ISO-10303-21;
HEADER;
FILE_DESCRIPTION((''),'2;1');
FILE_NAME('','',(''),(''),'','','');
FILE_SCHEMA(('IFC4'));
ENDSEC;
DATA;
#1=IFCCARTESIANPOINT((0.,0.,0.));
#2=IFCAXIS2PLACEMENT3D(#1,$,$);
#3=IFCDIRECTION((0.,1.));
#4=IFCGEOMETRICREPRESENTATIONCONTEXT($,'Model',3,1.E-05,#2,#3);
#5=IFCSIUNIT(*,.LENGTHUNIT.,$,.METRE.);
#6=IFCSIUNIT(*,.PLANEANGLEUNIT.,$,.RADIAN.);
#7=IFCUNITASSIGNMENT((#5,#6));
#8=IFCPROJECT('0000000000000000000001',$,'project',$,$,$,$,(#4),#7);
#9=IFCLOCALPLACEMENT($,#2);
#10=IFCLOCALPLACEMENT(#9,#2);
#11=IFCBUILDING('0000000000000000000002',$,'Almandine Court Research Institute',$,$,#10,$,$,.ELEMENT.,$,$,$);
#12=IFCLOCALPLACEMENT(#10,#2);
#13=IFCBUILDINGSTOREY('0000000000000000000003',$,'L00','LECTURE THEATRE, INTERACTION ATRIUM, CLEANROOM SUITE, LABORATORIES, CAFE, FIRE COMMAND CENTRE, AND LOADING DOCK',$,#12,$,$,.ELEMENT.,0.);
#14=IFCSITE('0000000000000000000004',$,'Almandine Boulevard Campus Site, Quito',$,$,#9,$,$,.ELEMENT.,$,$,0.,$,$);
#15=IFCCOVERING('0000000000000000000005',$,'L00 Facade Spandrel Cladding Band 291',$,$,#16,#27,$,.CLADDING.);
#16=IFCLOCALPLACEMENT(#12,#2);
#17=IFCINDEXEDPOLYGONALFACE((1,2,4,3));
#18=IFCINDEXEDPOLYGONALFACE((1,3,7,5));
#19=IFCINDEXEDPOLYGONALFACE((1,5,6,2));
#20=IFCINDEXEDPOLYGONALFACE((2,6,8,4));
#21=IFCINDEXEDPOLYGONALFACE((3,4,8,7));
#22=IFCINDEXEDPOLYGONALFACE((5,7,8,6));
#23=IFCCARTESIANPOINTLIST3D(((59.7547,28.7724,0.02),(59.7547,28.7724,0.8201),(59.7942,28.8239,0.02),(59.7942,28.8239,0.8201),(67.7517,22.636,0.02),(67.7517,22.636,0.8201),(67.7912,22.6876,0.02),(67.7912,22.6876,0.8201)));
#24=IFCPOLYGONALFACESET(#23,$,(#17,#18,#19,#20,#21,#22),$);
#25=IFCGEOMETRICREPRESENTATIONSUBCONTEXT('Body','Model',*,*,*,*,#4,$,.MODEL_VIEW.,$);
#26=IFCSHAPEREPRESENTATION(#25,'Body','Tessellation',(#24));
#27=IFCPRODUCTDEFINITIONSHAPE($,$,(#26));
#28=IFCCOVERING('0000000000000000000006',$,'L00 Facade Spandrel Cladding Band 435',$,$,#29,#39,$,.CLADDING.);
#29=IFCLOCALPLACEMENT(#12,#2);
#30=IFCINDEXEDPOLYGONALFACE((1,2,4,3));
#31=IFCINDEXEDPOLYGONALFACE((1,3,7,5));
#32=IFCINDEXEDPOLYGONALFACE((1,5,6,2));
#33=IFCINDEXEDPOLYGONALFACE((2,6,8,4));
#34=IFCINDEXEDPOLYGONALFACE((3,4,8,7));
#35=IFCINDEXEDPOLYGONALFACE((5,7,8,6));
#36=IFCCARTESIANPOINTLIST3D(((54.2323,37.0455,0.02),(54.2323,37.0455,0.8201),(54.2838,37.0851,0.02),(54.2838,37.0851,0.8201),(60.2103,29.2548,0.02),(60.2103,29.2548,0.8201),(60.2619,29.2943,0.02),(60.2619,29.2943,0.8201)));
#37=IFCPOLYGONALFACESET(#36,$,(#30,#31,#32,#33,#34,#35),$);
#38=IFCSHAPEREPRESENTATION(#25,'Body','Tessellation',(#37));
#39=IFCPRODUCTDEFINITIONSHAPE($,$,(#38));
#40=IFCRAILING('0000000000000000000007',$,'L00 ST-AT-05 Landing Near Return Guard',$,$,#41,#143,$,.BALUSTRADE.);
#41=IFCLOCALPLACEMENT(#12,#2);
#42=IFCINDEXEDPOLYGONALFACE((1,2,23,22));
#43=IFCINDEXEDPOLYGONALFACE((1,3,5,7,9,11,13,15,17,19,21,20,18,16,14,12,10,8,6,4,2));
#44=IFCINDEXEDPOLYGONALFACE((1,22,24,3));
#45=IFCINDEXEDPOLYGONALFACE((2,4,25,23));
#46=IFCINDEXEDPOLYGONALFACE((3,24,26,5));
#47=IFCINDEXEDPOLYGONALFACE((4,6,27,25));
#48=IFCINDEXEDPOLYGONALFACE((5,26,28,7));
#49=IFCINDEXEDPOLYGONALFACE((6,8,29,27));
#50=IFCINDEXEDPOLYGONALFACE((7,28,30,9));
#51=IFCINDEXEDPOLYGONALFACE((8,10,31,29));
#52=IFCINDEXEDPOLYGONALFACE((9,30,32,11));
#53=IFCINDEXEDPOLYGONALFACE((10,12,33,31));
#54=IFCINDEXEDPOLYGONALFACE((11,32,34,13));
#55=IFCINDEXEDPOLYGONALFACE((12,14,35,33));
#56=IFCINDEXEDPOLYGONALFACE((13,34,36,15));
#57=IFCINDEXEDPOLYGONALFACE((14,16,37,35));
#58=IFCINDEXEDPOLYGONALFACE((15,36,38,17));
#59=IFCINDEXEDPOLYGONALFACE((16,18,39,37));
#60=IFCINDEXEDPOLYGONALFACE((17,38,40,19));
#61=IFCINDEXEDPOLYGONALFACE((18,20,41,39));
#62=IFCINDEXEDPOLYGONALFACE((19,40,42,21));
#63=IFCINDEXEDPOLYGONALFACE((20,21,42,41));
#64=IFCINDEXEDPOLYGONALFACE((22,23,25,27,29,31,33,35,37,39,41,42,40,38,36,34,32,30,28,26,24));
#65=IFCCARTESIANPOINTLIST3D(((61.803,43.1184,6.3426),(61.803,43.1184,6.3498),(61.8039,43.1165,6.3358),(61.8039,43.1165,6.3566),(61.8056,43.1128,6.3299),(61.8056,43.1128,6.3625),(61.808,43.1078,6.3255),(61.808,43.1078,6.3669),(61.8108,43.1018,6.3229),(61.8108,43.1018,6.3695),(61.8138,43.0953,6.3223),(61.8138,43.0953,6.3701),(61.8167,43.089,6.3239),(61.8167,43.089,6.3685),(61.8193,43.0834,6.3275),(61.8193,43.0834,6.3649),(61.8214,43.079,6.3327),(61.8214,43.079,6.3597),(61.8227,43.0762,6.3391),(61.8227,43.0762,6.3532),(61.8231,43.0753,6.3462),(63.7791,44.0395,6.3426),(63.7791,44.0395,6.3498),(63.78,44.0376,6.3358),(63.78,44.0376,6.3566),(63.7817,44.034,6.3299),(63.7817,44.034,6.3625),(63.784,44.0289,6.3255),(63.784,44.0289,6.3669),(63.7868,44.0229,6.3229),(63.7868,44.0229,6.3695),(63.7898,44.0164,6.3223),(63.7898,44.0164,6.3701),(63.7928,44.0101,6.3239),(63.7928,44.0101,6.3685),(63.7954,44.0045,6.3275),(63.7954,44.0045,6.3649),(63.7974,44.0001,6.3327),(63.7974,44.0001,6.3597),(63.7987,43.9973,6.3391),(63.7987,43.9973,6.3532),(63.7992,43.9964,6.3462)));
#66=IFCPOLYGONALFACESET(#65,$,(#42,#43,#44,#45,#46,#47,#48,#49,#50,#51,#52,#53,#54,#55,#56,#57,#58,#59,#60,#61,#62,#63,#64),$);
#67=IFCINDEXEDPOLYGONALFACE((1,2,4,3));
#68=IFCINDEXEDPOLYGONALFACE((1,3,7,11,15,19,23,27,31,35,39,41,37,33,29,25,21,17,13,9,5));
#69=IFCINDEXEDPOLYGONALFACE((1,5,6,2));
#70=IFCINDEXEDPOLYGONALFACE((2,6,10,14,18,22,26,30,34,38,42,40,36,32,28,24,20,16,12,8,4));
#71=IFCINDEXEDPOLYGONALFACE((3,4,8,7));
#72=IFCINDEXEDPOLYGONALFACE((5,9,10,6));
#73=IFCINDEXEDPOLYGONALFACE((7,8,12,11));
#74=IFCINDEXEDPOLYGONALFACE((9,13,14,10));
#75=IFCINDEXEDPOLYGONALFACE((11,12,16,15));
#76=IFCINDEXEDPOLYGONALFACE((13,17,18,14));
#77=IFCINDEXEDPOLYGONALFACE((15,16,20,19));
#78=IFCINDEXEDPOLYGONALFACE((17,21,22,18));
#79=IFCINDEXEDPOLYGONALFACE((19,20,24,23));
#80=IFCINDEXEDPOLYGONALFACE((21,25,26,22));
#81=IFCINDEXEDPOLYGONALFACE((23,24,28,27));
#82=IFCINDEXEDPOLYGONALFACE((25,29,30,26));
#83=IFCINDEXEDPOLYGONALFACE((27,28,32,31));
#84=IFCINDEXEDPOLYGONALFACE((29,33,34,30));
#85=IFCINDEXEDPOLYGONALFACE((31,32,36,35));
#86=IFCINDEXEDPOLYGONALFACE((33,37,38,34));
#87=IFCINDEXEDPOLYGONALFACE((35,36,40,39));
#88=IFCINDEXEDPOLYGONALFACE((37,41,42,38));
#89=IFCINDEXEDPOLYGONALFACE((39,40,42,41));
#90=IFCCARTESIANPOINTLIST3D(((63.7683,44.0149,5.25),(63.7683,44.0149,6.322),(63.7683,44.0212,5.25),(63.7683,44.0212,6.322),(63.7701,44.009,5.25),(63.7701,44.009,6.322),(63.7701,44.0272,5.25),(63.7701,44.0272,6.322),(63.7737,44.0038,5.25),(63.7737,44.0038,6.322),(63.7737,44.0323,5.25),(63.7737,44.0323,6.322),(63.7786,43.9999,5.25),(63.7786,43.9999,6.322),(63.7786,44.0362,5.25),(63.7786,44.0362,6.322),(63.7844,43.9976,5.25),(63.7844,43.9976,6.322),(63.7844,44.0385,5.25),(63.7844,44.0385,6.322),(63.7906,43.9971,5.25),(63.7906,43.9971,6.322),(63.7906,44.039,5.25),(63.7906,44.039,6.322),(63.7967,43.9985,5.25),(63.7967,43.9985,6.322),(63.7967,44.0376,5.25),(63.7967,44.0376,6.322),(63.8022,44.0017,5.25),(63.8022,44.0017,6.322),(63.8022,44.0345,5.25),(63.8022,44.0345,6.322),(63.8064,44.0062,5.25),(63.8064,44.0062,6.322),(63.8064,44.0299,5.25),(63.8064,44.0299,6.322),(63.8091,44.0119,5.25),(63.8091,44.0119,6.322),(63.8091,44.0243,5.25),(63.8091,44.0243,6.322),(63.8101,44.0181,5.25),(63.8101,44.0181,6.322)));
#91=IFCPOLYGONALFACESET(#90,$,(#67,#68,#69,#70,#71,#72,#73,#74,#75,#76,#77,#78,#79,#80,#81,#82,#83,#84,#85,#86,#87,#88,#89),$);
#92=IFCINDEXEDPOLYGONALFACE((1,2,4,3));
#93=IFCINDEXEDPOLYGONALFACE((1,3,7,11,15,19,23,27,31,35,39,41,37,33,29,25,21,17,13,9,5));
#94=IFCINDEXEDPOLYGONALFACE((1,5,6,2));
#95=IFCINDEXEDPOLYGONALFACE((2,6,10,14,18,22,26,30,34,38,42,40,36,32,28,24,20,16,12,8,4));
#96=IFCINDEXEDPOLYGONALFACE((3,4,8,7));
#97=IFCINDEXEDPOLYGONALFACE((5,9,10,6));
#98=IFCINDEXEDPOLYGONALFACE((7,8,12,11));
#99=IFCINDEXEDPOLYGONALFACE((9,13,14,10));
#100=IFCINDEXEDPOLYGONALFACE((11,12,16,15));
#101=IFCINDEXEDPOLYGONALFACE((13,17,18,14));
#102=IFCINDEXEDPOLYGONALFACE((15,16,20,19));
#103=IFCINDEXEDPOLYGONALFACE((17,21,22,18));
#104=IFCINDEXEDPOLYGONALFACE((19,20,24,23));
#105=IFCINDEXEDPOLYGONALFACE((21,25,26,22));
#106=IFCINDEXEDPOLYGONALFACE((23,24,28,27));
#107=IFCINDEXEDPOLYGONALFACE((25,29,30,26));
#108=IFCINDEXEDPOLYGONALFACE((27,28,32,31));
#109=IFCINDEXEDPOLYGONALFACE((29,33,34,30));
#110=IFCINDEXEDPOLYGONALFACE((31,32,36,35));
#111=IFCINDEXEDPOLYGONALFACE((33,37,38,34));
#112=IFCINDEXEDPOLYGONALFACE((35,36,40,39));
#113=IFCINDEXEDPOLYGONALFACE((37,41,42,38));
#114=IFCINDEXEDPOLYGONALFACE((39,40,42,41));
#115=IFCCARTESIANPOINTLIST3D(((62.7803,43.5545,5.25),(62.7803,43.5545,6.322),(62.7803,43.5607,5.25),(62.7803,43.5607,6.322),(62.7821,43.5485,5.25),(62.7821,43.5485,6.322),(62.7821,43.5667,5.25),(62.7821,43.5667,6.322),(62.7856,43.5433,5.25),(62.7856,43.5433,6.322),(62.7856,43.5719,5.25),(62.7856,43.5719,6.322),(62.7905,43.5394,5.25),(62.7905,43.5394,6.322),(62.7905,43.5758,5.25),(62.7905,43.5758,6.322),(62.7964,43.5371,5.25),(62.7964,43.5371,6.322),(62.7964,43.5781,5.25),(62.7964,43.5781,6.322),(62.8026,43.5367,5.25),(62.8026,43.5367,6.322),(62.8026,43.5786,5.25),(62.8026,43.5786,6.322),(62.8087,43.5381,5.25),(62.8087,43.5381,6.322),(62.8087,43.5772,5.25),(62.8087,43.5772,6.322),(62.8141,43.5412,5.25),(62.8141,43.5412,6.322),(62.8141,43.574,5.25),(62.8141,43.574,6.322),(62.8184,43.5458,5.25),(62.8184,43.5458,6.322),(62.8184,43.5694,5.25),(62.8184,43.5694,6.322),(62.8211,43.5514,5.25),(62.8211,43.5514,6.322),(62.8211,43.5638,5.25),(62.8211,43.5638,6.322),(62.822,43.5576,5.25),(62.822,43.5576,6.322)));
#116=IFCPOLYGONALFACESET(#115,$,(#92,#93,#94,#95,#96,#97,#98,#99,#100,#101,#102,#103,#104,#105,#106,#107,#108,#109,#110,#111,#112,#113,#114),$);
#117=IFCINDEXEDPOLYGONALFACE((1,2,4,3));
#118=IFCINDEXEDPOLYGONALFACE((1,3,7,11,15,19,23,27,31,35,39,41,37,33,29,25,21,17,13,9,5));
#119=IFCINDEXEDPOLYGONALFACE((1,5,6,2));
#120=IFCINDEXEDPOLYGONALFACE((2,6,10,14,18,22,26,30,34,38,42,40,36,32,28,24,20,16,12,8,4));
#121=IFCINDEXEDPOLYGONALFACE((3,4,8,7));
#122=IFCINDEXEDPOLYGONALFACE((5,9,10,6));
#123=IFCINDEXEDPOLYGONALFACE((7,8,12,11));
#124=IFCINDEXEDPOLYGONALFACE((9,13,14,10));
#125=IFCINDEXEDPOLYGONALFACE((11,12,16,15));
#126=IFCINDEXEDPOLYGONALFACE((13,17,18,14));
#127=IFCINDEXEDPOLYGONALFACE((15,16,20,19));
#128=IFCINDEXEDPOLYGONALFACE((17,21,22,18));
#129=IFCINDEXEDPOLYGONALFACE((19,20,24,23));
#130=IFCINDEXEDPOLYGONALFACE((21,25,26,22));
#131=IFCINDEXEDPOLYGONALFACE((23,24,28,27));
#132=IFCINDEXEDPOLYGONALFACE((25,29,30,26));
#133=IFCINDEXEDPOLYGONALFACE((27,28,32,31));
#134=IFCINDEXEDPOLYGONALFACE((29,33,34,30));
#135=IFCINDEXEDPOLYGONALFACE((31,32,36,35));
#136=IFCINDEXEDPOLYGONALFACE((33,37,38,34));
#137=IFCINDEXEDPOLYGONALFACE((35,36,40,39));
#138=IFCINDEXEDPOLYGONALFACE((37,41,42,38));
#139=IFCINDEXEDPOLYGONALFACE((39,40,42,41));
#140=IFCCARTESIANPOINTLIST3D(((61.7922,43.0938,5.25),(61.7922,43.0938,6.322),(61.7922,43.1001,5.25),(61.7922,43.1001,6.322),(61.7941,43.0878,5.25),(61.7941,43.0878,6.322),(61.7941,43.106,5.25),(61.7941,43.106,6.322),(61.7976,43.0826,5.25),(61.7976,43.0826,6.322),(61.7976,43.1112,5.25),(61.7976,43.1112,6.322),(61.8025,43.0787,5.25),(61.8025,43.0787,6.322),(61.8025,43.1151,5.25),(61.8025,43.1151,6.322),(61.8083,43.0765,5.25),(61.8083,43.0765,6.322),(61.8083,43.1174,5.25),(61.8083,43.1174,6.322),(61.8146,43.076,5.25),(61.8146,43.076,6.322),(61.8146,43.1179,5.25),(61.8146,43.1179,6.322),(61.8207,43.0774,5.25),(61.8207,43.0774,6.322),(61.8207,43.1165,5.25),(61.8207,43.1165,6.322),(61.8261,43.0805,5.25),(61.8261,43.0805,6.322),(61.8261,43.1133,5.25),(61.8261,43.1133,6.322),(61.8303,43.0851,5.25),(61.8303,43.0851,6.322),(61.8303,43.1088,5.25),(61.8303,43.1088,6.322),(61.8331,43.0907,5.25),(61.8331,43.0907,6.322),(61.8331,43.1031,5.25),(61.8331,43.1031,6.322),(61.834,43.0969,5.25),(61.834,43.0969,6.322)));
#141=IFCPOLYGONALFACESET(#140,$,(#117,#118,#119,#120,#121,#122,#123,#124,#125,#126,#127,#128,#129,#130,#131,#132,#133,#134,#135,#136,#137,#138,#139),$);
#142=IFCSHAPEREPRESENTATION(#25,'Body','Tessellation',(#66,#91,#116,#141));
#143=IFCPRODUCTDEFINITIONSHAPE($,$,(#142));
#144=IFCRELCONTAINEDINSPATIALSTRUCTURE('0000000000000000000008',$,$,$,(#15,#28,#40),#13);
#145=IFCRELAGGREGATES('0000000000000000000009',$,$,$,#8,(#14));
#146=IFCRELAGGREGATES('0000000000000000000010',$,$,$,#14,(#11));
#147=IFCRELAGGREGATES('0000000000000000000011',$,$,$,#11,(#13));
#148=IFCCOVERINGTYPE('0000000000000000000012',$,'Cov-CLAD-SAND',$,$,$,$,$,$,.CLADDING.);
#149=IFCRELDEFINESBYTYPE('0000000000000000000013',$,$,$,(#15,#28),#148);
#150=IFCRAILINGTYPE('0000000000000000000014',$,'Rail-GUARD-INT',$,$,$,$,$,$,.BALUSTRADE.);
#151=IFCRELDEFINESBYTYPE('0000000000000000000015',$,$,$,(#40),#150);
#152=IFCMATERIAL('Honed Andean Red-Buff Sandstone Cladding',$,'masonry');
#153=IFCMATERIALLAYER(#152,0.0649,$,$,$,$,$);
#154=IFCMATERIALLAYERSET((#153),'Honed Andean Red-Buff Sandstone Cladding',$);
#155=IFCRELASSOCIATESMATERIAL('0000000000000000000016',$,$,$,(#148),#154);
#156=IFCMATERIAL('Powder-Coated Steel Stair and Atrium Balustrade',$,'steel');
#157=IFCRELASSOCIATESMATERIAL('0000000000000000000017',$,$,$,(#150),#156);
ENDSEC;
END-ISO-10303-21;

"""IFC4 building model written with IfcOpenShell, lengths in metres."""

from ifc_helpers import new_model, si_unit, direction, frame, origin, origin_2d, place, context, subcontext, project, spatial, rectangle, circle, extrude, material, layer, layer_set, type_object, element, save


model = new_model("IFC4")

# Units and contexts
model_context = context("Model", 3, precision=1e-05, world=origin(), true_north=direction((0.0, 1.0)))
body_context = subcontext(model_context, "Body", "Model", "MODEL_VIEW")
ifc_project = project(units=[si_unit("LENGTHUNIT", "METRE"), si_unit("PLANEANGLEUNIT", "RADIAN")], contexts=[model_context])

# Site, building, storey
site_placement = place(None, origin())
site = spatial("IfcSite", under=ifc_project, at=site_placement, Name="Almandine Boulevard Campus Site, Quito", CompositionType="ELEMENT", RefElevation=0.0)
building_placement = place(site_placement, origin())
building = spatial("IfcBuilding", under=site, at=building_placement, Name="Almandine Court Research Institute", CompositionType="ELEMENT")
storey_placement = place(building_placement, origin())
storey = spatial("IfcBuildingStorey", under=building, at=storey_placement, Name="L00", Description="LECTURE THEATRE, INTERACTION ATRIUM, CLEANROOM SUITE, LABORATORIES, CAFE, FIRE COMMAND CENTRE, AND LOADING DOCK", CompositionType="ELEMENT", Elevation=0.0)

# Coverings
ifc_material_1 = material(Name="Honed Andean Red-Buff Sandstone Cladding", Category="masonry")
ifc_layer_1 = layer(ifc_material_1, 0.0649)
ifc_layer_set_1 = layer_set([ifc_layer_1], Name="Honed Andean Red-Buff Sandstone Cladding")
covering_type = type_object("IfcCoveringType", Name="Cov-CLAD-SAND", PredefinedType="CLADDING", material=ifc_layer_set_1)
for number, where, z_axis, x_axis, name in (
    (1, (63.7729, 25.73, 0.02), (0.0, 0.0, 1.0), (0.793353, -0.608761, 0.0), "L00 Facade Spandrel Cladding Band 291"),
):
    element("IfcCovering", number, at=place(storey_placement, frame(where, z_axis=z_axis, x_axis=x_axis)), inside=storey, type_object=covering_type, Name=name, PredefinedType="CLADDING", context=body_context, shape_type="SweptSolid", body=[
        extrude(rectangle(XDim=10.0801, YDim=0.0649, at=origin_2d()), origin(), (0.0, 0.0, 1.0), 0.8),
    ])
covering_placement = place(storey_placement, frame((57.2471, 33.1699, 0.02), z_axis=(0.0, 0.0, 1.0), x_axis=(-0.608761, 0.793353, 0.0)))
element("IfcCovering", 2, at=covering_placement, inside=storey, type_object=covering_type, Name="L00 Facade Spandrel Cladding Band 435", PredefinedType="CLADDING", context=body_context, shape_type="SweptSolid", body=[
    extrude(rectangle(XDim=9.8201, YDim=0.0649, at=origin_2d()), origin(), (0.0, 0.0, 1.0), 0.8),
])

# Railing
ifc_material_2 = material(Name="Powder-Coated Steel Stair and Atrium Balustrade", Category="steel")
railing_type = type_object("IfcRailingType", Name="Rail-GUARD-INT", PredefinedType="BALUSTRADE", material=ifc_material_2)
railing_placement = place(storey_placement, frame((63.7891, 44.0181, 5.25)))
element("IfcRailing", 3, at=railing_placement, inside=storey, type_object=railing_type, Name="L00 ST-AT-05 Landing Near Return Guard", PredefinedType="BALUSTRADE", context=body_context, shape_type="SweptSolid", body=[
    extrude(circle(Radius=0.0239, at=origin_2d()), frame((0.0, 0.0, 1.0962), z_axis=(-0.906363, -0.422499, 0.0), x_axis=(0.422499, -0.906363, 0.0)), (0.0, 0.0, 1.0), 2.1802),
    extrude(circle(Radius=0.021, at=origin_2d()), origin(), (0.0, 0.0, 1.0), 1.072),
    extrude(circle(Radius=0.021, at=origin_2d()), frame((-0.988, -0.4604, 0.0)), (0.0, 0.0, 1.0), 1.072),
    extrude(circle(Radius=0.021, at=origin_2d()), frame((-1.9761, -0.9211, 0.0)), (0.0, 0.0, 1.0), 1.072),
])

save(model, "model.ifc")
